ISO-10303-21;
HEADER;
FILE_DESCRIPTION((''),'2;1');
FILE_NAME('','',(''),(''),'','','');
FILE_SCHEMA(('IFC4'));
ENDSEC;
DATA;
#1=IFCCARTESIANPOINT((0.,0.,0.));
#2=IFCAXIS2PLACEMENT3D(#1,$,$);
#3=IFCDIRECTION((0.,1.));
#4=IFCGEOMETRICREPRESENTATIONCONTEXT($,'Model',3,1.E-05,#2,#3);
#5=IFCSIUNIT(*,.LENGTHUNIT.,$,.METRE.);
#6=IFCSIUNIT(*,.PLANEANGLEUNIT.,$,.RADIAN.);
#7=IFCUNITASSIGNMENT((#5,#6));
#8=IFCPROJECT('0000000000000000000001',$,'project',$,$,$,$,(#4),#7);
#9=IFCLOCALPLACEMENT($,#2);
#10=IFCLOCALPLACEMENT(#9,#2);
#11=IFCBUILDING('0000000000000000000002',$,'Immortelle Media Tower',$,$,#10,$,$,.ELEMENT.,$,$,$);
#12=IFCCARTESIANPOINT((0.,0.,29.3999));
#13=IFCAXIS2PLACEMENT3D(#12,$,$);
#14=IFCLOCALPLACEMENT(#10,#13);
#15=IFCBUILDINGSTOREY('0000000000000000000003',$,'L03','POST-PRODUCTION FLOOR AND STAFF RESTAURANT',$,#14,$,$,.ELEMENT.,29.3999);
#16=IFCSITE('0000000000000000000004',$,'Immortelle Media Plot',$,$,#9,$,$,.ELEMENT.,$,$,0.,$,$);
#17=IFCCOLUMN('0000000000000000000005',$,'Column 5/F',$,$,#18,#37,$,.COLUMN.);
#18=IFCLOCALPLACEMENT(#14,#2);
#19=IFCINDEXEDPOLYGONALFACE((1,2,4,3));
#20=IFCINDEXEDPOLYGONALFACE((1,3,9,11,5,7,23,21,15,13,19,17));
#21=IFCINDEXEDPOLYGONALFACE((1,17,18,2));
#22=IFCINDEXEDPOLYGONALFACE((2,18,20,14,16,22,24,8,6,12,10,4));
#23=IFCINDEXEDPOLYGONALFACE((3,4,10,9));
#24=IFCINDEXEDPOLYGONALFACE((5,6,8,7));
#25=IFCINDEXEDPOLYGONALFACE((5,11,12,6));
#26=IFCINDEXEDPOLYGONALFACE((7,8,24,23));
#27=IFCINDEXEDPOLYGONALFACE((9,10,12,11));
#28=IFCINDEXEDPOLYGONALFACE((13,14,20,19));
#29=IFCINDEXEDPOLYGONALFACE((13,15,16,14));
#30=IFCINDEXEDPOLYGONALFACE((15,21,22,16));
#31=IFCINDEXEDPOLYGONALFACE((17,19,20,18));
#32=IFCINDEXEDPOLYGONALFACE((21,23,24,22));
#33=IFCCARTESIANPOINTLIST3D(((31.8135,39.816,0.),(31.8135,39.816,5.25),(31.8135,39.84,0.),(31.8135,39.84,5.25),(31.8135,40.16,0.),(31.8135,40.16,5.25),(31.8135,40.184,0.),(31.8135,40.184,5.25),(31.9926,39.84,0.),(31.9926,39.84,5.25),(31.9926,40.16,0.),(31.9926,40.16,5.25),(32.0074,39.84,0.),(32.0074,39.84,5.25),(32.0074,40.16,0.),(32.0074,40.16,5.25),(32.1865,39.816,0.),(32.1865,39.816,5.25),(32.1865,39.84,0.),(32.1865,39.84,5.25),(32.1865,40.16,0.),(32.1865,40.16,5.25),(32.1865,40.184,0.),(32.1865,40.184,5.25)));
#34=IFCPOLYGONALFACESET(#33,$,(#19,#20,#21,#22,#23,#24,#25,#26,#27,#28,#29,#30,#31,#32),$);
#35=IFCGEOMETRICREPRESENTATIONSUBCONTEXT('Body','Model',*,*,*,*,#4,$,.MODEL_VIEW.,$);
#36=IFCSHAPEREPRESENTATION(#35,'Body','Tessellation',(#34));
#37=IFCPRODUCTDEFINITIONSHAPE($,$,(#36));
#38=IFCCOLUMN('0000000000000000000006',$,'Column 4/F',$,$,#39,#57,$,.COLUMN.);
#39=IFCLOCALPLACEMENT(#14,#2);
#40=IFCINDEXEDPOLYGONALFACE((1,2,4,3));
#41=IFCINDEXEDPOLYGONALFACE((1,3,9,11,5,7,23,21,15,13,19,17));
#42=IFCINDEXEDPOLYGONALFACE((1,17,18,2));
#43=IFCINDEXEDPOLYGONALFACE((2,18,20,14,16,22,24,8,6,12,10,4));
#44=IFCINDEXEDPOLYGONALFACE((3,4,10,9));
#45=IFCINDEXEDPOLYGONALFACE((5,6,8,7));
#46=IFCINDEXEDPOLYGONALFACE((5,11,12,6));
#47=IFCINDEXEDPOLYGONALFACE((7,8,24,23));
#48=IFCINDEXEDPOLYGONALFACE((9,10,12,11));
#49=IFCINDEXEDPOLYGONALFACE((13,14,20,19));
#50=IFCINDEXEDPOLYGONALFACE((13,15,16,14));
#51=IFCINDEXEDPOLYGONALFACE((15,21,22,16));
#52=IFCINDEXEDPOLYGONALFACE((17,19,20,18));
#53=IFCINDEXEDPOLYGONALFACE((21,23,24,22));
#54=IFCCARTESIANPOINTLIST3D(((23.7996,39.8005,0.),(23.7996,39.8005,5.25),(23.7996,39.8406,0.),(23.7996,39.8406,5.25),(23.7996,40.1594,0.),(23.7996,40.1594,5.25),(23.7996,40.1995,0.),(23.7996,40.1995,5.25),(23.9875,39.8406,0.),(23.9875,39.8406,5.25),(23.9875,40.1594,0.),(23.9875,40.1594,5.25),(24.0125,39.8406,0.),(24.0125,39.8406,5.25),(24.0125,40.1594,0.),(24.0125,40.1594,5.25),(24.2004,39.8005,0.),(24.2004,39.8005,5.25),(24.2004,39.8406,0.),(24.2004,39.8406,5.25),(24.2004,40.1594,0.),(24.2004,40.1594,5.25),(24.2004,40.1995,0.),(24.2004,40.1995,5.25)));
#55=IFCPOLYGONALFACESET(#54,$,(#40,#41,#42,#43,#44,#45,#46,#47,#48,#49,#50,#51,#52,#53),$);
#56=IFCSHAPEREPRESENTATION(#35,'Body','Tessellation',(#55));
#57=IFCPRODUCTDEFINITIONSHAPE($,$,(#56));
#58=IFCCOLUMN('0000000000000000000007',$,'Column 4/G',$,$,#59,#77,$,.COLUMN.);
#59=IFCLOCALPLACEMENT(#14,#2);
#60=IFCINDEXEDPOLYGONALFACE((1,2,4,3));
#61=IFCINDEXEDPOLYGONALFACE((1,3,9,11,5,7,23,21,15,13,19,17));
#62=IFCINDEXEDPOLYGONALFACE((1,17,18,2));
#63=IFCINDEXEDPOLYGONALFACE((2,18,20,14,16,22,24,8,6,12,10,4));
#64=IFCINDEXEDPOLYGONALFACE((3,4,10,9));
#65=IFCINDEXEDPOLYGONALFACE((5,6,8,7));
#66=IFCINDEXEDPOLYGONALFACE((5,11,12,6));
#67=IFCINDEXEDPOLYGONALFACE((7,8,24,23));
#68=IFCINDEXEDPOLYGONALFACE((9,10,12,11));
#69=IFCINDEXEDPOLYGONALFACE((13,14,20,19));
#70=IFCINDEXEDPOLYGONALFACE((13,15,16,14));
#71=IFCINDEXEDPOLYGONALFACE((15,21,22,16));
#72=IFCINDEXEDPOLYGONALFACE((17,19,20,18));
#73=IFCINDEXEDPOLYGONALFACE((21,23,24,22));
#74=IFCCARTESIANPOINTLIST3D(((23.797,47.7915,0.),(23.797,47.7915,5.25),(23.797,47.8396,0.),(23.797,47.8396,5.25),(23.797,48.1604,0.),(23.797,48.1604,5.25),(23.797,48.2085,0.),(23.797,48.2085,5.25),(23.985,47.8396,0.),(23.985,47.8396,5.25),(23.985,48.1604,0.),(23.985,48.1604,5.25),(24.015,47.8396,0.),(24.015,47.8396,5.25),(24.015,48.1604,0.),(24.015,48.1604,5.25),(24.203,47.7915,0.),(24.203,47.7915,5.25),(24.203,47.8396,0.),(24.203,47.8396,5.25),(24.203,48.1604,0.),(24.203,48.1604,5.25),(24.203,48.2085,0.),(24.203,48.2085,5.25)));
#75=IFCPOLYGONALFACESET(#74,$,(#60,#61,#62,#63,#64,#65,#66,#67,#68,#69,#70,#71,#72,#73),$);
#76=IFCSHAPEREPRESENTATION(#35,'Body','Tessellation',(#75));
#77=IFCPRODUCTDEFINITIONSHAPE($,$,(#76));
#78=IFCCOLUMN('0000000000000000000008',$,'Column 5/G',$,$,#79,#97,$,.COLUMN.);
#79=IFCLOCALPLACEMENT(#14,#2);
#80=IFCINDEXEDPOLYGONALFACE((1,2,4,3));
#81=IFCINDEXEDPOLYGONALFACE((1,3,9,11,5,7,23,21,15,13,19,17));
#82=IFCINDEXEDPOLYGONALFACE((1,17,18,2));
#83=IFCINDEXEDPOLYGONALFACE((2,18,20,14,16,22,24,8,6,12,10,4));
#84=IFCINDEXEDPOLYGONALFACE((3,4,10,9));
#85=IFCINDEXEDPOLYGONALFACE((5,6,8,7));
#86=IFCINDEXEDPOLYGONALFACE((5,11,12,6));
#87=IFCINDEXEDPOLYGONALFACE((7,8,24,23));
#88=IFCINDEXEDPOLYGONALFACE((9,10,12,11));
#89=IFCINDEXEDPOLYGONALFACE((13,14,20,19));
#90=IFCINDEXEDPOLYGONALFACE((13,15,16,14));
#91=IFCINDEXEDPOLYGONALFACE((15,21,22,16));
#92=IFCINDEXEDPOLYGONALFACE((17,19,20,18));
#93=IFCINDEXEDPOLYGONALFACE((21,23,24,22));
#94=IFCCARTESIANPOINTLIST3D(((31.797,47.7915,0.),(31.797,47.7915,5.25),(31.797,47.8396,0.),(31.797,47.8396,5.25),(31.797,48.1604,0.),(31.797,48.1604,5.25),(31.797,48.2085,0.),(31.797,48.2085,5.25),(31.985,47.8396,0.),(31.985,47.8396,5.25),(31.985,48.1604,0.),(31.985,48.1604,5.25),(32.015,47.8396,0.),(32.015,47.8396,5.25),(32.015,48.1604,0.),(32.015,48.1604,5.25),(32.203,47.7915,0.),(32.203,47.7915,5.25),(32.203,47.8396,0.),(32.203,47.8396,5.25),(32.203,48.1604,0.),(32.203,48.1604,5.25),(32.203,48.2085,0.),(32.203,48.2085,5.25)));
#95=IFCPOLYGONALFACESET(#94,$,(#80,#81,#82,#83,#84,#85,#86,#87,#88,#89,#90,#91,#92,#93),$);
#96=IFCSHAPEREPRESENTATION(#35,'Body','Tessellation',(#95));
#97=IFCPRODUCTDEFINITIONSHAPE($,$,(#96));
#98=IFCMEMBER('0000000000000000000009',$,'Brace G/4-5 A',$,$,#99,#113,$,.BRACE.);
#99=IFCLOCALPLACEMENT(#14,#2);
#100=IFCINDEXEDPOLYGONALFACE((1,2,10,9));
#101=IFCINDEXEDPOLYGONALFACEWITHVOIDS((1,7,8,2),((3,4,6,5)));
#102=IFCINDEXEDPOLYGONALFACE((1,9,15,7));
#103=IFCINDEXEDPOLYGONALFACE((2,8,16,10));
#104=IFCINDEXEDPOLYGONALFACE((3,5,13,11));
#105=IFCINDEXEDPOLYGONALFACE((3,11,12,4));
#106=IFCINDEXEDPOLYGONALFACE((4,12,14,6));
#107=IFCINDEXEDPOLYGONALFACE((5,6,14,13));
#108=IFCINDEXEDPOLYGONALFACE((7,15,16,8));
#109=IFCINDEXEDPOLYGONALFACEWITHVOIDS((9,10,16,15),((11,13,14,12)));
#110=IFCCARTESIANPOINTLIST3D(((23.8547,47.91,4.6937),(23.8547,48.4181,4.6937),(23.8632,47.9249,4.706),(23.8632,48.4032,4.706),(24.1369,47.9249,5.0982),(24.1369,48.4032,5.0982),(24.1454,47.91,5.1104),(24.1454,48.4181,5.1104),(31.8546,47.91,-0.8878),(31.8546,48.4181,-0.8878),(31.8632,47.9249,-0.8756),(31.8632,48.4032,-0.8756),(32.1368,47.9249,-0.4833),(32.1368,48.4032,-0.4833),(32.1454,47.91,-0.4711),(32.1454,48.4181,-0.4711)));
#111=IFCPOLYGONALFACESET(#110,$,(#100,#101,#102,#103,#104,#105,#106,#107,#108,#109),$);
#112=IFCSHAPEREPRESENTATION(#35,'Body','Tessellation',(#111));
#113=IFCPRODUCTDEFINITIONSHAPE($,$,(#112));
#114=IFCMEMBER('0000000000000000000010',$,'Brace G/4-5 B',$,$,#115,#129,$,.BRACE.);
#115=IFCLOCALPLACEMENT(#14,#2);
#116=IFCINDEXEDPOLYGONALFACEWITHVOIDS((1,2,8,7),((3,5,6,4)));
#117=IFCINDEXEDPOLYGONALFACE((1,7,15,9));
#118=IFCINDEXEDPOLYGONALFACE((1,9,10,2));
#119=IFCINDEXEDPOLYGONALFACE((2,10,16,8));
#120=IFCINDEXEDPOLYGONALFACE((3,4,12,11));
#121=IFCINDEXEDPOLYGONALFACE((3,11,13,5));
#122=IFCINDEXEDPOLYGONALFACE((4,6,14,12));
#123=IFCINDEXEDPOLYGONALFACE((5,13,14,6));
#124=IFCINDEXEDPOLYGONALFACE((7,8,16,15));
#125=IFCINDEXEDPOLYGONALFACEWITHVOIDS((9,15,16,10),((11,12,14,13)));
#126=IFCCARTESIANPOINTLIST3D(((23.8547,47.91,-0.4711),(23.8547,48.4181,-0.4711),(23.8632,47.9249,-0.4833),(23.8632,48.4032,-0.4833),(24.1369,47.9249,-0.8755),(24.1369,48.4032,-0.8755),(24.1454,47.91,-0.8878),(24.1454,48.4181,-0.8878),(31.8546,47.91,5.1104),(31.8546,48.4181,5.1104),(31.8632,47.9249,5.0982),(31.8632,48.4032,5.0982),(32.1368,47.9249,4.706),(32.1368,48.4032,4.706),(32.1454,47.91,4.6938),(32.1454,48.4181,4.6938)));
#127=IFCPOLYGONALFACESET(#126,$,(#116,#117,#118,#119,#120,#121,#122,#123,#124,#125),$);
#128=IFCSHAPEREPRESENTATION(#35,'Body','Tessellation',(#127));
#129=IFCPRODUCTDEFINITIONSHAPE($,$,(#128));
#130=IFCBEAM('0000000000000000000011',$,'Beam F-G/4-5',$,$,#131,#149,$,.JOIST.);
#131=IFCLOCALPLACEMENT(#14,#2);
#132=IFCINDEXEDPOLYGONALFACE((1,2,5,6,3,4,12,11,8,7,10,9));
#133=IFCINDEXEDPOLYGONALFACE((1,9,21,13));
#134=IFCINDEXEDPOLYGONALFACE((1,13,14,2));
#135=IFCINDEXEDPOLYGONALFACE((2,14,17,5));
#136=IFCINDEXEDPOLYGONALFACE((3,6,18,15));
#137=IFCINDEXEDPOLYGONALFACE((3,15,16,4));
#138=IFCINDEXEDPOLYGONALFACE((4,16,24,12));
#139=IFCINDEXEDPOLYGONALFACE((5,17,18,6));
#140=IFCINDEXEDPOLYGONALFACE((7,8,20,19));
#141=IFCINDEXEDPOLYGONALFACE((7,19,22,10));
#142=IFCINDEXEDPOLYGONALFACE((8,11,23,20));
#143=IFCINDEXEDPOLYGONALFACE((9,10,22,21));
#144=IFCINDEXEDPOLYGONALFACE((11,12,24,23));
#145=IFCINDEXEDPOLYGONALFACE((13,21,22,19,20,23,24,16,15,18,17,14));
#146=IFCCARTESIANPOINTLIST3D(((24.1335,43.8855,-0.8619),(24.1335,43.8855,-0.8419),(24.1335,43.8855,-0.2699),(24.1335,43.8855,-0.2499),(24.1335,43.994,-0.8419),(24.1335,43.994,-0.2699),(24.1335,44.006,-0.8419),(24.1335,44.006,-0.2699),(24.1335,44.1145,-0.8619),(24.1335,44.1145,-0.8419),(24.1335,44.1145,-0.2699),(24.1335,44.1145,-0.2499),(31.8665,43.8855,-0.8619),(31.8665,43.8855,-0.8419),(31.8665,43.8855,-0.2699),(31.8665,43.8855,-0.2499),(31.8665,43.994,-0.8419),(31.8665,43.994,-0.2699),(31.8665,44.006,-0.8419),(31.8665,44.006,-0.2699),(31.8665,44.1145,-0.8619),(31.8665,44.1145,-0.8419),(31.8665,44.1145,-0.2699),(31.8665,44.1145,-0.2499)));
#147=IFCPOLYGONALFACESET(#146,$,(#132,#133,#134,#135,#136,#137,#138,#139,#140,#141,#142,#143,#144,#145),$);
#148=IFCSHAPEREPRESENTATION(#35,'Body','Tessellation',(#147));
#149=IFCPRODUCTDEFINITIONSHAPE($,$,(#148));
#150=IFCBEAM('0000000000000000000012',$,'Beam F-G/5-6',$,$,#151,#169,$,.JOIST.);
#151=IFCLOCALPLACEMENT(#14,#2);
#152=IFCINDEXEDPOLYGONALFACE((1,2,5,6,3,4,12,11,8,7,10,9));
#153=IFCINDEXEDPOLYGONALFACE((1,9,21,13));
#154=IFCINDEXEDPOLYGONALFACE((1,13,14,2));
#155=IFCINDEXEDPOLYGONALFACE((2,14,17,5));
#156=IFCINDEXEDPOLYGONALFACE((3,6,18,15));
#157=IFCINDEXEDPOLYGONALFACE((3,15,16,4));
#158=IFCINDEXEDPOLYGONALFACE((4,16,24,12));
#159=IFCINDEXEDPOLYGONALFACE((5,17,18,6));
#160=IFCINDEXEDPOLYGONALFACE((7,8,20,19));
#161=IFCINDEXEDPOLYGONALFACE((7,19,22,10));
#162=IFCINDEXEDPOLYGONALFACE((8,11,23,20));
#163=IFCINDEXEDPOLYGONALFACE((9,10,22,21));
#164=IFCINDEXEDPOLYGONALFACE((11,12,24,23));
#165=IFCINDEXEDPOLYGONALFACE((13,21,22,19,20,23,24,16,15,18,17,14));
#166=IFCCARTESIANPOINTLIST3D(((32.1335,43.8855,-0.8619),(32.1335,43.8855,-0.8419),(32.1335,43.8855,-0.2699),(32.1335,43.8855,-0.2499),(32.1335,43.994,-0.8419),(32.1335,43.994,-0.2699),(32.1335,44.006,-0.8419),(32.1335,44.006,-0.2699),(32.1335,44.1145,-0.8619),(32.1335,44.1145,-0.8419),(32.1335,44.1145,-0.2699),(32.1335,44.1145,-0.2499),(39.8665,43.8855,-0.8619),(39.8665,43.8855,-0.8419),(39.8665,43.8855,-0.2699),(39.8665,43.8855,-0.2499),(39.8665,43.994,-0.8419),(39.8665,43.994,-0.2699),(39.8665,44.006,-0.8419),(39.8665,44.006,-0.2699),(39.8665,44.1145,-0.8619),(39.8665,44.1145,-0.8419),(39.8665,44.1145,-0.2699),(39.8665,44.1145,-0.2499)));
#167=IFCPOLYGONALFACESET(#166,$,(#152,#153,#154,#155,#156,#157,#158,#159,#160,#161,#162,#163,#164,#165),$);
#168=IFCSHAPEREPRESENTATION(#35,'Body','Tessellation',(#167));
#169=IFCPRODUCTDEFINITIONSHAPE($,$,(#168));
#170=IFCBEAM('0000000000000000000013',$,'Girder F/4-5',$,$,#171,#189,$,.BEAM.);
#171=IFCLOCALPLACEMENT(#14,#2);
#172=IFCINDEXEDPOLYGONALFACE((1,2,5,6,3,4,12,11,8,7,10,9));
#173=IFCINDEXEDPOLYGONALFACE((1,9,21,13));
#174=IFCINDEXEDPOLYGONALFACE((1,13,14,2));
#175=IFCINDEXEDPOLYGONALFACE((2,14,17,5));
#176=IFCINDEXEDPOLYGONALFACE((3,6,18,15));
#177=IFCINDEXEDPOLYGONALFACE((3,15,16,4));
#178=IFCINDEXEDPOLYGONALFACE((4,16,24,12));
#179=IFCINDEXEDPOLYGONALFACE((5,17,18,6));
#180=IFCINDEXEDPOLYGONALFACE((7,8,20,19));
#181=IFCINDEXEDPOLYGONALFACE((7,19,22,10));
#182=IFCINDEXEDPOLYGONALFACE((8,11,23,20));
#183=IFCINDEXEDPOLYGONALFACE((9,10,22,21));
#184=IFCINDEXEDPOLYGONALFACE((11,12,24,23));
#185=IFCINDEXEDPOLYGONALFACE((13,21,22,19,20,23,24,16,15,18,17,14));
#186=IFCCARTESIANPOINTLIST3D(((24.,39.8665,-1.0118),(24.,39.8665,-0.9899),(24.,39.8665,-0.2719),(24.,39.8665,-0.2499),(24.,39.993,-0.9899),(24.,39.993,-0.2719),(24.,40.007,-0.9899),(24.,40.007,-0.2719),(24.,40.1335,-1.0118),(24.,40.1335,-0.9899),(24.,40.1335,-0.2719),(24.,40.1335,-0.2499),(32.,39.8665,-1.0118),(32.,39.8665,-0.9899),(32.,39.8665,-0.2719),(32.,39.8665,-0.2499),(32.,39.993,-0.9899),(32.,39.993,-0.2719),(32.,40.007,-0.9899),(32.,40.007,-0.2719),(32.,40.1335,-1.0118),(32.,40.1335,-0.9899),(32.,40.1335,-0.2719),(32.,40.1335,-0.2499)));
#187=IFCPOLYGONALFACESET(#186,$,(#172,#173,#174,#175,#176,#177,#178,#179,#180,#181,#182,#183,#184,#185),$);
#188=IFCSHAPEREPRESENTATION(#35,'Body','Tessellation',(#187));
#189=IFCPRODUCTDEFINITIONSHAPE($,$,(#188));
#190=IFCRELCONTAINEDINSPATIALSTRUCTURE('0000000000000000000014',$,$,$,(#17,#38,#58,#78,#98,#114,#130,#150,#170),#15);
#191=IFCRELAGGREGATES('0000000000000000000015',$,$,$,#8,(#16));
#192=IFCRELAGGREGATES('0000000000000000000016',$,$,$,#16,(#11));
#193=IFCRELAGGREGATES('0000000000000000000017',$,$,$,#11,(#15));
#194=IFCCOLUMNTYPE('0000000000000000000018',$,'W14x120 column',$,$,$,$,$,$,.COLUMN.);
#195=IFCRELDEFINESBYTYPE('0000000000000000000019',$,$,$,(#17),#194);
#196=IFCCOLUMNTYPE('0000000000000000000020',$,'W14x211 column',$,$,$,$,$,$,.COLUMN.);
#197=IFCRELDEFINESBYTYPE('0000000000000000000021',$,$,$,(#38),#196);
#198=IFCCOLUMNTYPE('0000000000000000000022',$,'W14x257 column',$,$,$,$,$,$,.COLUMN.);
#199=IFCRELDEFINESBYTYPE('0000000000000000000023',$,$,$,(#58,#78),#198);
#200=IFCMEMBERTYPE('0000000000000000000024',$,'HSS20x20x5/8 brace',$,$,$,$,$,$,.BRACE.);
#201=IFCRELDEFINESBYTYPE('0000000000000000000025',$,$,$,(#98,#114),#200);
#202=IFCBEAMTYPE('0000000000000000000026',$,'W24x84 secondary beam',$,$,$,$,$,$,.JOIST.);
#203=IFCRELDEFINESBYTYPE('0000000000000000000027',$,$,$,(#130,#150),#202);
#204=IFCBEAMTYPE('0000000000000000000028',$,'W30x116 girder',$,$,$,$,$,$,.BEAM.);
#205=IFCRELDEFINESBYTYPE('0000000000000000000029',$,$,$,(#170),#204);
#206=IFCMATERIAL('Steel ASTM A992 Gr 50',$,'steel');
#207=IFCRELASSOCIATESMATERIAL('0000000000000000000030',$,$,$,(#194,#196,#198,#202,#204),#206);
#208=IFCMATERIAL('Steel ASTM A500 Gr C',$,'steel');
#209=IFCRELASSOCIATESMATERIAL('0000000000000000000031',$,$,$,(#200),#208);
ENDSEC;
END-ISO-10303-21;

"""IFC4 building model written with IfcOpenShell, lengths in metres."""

from ifc_helpers import new_model, si_unit, direction, frame, origin, origin_2d, place, context, subcontext, project, spatial, hollow_rectangle, i_section, extrude, material, material_profile, profile_set, type_object, element, save


model = new_model("IFC4")

# Units and contexts
model_context = context("Model", 3, precision=1e-05, world=origin(), true_north=direction((0.0, 1.0)))
body_context = subcontext(model_context, "Body", "Model", "MODEL_VIEW")
ifc_project = project(units=[si_unit("LENGTHUNIT", "METRE"), si_unit("PLANEANGLEUNIT", "RADIAN")], contexts=[model_context])

# Site, building, storey
site_placement = place(None, origin())
site = spatial("IfcSite", under=ifc_project, at=site_placement, Name="Immortelle Media Plot", CompositionType="ELEMENT", RefElevation=0.0)
building_placement = place(site_placement, origin())
building = spatial("IfcBuilding", under=site, at=building_placement, Name="Immortelle Media Tower", CompositionType="ELEMENT")
storey_placement = place(building_placement, frame((0.0, 0.0, 29.3999)))
storey = spatial("IfcBuildingStorey", under=building, at=storey_placement, Name="L03", Description="POST-PRODUCTION FLOOR AND STAFF RESTAURANT", CompositionType="ELEMENT", Elevation=29.3999)

# Columns
ifc_material_1 = material(Name="Steel ASTM A992 Gr 50", Category="steel")
ifc_material_profile_1 = material_profile(ifc_material_1, i_section(OverallWidth=0.373, OverallDepth=0.3679, WebThickness=0.0149, FlangeThickness=0.0239, at=origin_2d()), Name="W14x120")
ifc_profile_set_1 = profile_set([ifc_material_profile_1], Name="Steel ASTM A992 Gr 50")
column_type_1 = type_object("IfcColumnType", Name="W14x120 column", PredefinedType="COLUMN", material=ifc_profile_set_1)
column_1_placement = place(storey_placement, frame((32.0, 40.0, 0.0), z_axis=(0.0, 0.0, 1.0), x_axis=(1.0, 0.0, 0.0)))
element("IfcColumn", 1, at=column_1_placement, inside=storey, type_object=column_type_1, Name="Column 5/F", PredefinedType="COLUMN", context=body_context, shape_type="SweptSolid", body=[
    extrude(i_section(OverallWidth=0.373, OverallDepth=0.3679, WebThickness=0.0149, FlangeThickness=0.0239, at=origin_2d()), origin(), (0.0, 0.0, 1.0), 5.25),
])
ifc_material_profile_2 = material_profile(ifc_material_1, i_section(OverallWidth=0.4009, OverallDepth=0.3989, WebThickness=0.0249, FlangeThickness=0.04, at=origin_2d()), Name="W14x211")
ifc_profile_set_2 = profile_set([ifc_material_profile_2], Name="Steel ASTM A992 Gr 50")
column_type_2 = type_object("IfcColumnType", Name="W14x211 column", PredefinedType="COLUMN", material=ifc_profile_set_2)
column_2_placement = place(storey_placement, frame((24.0, 40.0, 0.0), z_axis=(0.0, 0.0, 1.0), x_axis=(1.0, 0.0, 0.0)))
element("IfcColumn", 2, at=column_2_placement, inside=storey, type_object=column_type_2, Name="Column 4/F", PredefinedType="COLUMN", context=body_context, shape_type="SweptSolid", body=[
    extrude(i_section(OverallWidth=0.4009, OverallDepth=0.3989, WebThickness=0.0249, FlangeThickness=0.04, at=origin_2d()), origin(), (0.0, 0.0, 1.0), 5.25),
])
ifc_material_profile_3 = material_profile(ifc_material_1, i_section(OverallWidth=0.406, OverallDepth=0.417, WebThickness=0.03, FlangeThickness=0.0481, at=origin_2d()), Name="W14x257")
ifc_profile_set_3 = profile_set([ifc_material_profile_3], Name="Steel ASTM A992 Gr 50")
column_type_3 = type_object("IfcColumnType", Name="W14x257 column", PredefinedType="COLUMN", material=ifc_profile_set_3)
for number, where, z_axis, x_axis, name in (
    (3, (24.0, 48.0, 0.0), (0.0, 0.0, 1.0), (1.0, 0.0, 0.0), "Column 4/G"),
    (4, (32.0, 48.0, 0.0), (0.0, 0.0, 1.0), (1.0, 0.0, 0.0), "Column 5/G"),
):
    element("IfcColumn", number, at=place(storey_placement, frame(where, z_axis=z_axis, x_axis=x_axis)), inside=storey, type_object=column_type_3, Name=name, PredefinedType="COLUMN", context=body_context, shape_type="SweptSolid", body=[
        extrude(i_section(OverallWidth=0.406, OverallDepth=0.417, WebThickness=0.03, FlangeThickness=0.0481, at=origin_2d()), origin(), (0.0, 0.0, 1.0), 5.25),
    ])

# Members
ifc_material_2 = material(Name="Steel ASTM A500 Gr C", Category="steel")
ifc_material_profile_4 = material_profile(ifc_material_2, hollow_rectangle(XDim=0.5081, YDim=0.5081, WallThickness=0.0149, at=origin_2d()), Name="HSS20x20x5/8 brace")
ifc_profile_set_4 = profile_set([ifc_material_profile_4], Name="Steel ASTM A500 Gr C")
member_type = type_object("IfcMemberType", Name="HSS20x20x5/8 brace", PredefinedType="BRACE", material=ifc_profile_set_4)
for number, where, z_axis, x_axis, name in (
    (5, (32.0, 48.1641, -0.6794), (-0.82012, 0.0, 0.572192), (0.0, -1.0, 0.0), "Brace G/4-5 A"),
    (6, (32.0, 48.1641, 4.9021), (-0.82012, 0.0, -0.572192), (0.0, -1.0, 0.0), "Brace G/4-5 B"),
):
    element("IfcMember", number, at=place(storey_placement, frame(where, z_axis=z_axis, x_axis=x_axis)), inside=storey, type_object=member_type, Name=name, PredefinedType="BRACE", context=body_context, shape_type="SweptSolid", body=[
        extrude(hollow_rectangle(XDim=0.5081, YDim=0.5081, WallThickness=0.0149, at=origin_2d()), origin(), (0.0, 0.0, 1.0), 9.7546),
    ])

# Beams
ifc_material_profile_5 = material_profile(ifc_material_1, i_section(OverallWidth=0.229, OverallDepth=0.6121, WebThickness=0.012, FlangeThickness=0.02, at=origin_2d()), Name="W24x84")
ifc_profile_set_5 = profile_set([ifc_material_profile_5], Name="Steel ASTM A992 Gr 50")
beam_type_1 = type_object("IfcBeamType", Name="W24x84 secondary beam", PredefinedType="JOIST", material=ifc_profile_set_5)
for number, where, z_axis, x_axis, name in (
    (7, (24.1335, 44.0, -0.5559), (1.0, 0.0, 0.0), (0.0, 1.0, 0.0), "Beam F-G/4-5"),
    (8, (32.1335, 44.0, -0.5559), (1.0, 0.0, 0.0), (0.0, 1.0, 0.0), "Beam F-G/5-6"),
):
    element("IfcBeam", number, at=place(storey_placement, frame(where, z_axis=z_axis, x_axis=x_axis)), inside=storey, type_object=beam_type_1, Name=name, PredefinedType="JOIST", context=body_context, shape_type="SweptSolid", body=[
        extrude(i_section(OverallWidth=0.229, OverallDepth=0.6121, WebThickness=0.012, FlangeThickness=0.02, at=origin_2d()), origin(), (0.0, 0.0, 1.0), 7.7329),
    ])
ifc_material_profile_6 = material_profile(ifc_material_1, i_section(OverallWidth=0.2671, OverallDepth=0.762, WebThickness=0.0139, FlangeThickness=0.022, at=origin_2d()), Name="W30x116")
ifc_profile_set_6 = profile_set([ifc_material_profile_6], Name="Steel ASTM A992 Gr 50")
beam_type_2 = type_object("IfcBeamType", Name="W30x116 girder", PredefinedType="BEAM", material=ifc_profile_set_6)
for number, where, z_axis, x_axis, name in (
    (9, (24.0, 40.0, -0.6309), (1.0, 0.0, 0.0), (0.0, 1.0, 0.0), "Girder F/4-5"),
):
    element("IfcBeam", number, at=place(storey_placement, frame(where, z_axis=z_axis, x_axis=x_axis)), inside=storey, type_object=beam_type_2, Name=name, PredefinedType="BEAM", context=body_context, shape_type="SweptSolid", body=[
        extrude(i_section(OverallWidth=0.2671, OverallDepth=0.762, WebThickness=0.0139, FlangeThickness=0.022, at=origin_2d()), origin(), (0.0, 0.0, 1.0), 8.0),
    ])

save(model, "model.ifc")
